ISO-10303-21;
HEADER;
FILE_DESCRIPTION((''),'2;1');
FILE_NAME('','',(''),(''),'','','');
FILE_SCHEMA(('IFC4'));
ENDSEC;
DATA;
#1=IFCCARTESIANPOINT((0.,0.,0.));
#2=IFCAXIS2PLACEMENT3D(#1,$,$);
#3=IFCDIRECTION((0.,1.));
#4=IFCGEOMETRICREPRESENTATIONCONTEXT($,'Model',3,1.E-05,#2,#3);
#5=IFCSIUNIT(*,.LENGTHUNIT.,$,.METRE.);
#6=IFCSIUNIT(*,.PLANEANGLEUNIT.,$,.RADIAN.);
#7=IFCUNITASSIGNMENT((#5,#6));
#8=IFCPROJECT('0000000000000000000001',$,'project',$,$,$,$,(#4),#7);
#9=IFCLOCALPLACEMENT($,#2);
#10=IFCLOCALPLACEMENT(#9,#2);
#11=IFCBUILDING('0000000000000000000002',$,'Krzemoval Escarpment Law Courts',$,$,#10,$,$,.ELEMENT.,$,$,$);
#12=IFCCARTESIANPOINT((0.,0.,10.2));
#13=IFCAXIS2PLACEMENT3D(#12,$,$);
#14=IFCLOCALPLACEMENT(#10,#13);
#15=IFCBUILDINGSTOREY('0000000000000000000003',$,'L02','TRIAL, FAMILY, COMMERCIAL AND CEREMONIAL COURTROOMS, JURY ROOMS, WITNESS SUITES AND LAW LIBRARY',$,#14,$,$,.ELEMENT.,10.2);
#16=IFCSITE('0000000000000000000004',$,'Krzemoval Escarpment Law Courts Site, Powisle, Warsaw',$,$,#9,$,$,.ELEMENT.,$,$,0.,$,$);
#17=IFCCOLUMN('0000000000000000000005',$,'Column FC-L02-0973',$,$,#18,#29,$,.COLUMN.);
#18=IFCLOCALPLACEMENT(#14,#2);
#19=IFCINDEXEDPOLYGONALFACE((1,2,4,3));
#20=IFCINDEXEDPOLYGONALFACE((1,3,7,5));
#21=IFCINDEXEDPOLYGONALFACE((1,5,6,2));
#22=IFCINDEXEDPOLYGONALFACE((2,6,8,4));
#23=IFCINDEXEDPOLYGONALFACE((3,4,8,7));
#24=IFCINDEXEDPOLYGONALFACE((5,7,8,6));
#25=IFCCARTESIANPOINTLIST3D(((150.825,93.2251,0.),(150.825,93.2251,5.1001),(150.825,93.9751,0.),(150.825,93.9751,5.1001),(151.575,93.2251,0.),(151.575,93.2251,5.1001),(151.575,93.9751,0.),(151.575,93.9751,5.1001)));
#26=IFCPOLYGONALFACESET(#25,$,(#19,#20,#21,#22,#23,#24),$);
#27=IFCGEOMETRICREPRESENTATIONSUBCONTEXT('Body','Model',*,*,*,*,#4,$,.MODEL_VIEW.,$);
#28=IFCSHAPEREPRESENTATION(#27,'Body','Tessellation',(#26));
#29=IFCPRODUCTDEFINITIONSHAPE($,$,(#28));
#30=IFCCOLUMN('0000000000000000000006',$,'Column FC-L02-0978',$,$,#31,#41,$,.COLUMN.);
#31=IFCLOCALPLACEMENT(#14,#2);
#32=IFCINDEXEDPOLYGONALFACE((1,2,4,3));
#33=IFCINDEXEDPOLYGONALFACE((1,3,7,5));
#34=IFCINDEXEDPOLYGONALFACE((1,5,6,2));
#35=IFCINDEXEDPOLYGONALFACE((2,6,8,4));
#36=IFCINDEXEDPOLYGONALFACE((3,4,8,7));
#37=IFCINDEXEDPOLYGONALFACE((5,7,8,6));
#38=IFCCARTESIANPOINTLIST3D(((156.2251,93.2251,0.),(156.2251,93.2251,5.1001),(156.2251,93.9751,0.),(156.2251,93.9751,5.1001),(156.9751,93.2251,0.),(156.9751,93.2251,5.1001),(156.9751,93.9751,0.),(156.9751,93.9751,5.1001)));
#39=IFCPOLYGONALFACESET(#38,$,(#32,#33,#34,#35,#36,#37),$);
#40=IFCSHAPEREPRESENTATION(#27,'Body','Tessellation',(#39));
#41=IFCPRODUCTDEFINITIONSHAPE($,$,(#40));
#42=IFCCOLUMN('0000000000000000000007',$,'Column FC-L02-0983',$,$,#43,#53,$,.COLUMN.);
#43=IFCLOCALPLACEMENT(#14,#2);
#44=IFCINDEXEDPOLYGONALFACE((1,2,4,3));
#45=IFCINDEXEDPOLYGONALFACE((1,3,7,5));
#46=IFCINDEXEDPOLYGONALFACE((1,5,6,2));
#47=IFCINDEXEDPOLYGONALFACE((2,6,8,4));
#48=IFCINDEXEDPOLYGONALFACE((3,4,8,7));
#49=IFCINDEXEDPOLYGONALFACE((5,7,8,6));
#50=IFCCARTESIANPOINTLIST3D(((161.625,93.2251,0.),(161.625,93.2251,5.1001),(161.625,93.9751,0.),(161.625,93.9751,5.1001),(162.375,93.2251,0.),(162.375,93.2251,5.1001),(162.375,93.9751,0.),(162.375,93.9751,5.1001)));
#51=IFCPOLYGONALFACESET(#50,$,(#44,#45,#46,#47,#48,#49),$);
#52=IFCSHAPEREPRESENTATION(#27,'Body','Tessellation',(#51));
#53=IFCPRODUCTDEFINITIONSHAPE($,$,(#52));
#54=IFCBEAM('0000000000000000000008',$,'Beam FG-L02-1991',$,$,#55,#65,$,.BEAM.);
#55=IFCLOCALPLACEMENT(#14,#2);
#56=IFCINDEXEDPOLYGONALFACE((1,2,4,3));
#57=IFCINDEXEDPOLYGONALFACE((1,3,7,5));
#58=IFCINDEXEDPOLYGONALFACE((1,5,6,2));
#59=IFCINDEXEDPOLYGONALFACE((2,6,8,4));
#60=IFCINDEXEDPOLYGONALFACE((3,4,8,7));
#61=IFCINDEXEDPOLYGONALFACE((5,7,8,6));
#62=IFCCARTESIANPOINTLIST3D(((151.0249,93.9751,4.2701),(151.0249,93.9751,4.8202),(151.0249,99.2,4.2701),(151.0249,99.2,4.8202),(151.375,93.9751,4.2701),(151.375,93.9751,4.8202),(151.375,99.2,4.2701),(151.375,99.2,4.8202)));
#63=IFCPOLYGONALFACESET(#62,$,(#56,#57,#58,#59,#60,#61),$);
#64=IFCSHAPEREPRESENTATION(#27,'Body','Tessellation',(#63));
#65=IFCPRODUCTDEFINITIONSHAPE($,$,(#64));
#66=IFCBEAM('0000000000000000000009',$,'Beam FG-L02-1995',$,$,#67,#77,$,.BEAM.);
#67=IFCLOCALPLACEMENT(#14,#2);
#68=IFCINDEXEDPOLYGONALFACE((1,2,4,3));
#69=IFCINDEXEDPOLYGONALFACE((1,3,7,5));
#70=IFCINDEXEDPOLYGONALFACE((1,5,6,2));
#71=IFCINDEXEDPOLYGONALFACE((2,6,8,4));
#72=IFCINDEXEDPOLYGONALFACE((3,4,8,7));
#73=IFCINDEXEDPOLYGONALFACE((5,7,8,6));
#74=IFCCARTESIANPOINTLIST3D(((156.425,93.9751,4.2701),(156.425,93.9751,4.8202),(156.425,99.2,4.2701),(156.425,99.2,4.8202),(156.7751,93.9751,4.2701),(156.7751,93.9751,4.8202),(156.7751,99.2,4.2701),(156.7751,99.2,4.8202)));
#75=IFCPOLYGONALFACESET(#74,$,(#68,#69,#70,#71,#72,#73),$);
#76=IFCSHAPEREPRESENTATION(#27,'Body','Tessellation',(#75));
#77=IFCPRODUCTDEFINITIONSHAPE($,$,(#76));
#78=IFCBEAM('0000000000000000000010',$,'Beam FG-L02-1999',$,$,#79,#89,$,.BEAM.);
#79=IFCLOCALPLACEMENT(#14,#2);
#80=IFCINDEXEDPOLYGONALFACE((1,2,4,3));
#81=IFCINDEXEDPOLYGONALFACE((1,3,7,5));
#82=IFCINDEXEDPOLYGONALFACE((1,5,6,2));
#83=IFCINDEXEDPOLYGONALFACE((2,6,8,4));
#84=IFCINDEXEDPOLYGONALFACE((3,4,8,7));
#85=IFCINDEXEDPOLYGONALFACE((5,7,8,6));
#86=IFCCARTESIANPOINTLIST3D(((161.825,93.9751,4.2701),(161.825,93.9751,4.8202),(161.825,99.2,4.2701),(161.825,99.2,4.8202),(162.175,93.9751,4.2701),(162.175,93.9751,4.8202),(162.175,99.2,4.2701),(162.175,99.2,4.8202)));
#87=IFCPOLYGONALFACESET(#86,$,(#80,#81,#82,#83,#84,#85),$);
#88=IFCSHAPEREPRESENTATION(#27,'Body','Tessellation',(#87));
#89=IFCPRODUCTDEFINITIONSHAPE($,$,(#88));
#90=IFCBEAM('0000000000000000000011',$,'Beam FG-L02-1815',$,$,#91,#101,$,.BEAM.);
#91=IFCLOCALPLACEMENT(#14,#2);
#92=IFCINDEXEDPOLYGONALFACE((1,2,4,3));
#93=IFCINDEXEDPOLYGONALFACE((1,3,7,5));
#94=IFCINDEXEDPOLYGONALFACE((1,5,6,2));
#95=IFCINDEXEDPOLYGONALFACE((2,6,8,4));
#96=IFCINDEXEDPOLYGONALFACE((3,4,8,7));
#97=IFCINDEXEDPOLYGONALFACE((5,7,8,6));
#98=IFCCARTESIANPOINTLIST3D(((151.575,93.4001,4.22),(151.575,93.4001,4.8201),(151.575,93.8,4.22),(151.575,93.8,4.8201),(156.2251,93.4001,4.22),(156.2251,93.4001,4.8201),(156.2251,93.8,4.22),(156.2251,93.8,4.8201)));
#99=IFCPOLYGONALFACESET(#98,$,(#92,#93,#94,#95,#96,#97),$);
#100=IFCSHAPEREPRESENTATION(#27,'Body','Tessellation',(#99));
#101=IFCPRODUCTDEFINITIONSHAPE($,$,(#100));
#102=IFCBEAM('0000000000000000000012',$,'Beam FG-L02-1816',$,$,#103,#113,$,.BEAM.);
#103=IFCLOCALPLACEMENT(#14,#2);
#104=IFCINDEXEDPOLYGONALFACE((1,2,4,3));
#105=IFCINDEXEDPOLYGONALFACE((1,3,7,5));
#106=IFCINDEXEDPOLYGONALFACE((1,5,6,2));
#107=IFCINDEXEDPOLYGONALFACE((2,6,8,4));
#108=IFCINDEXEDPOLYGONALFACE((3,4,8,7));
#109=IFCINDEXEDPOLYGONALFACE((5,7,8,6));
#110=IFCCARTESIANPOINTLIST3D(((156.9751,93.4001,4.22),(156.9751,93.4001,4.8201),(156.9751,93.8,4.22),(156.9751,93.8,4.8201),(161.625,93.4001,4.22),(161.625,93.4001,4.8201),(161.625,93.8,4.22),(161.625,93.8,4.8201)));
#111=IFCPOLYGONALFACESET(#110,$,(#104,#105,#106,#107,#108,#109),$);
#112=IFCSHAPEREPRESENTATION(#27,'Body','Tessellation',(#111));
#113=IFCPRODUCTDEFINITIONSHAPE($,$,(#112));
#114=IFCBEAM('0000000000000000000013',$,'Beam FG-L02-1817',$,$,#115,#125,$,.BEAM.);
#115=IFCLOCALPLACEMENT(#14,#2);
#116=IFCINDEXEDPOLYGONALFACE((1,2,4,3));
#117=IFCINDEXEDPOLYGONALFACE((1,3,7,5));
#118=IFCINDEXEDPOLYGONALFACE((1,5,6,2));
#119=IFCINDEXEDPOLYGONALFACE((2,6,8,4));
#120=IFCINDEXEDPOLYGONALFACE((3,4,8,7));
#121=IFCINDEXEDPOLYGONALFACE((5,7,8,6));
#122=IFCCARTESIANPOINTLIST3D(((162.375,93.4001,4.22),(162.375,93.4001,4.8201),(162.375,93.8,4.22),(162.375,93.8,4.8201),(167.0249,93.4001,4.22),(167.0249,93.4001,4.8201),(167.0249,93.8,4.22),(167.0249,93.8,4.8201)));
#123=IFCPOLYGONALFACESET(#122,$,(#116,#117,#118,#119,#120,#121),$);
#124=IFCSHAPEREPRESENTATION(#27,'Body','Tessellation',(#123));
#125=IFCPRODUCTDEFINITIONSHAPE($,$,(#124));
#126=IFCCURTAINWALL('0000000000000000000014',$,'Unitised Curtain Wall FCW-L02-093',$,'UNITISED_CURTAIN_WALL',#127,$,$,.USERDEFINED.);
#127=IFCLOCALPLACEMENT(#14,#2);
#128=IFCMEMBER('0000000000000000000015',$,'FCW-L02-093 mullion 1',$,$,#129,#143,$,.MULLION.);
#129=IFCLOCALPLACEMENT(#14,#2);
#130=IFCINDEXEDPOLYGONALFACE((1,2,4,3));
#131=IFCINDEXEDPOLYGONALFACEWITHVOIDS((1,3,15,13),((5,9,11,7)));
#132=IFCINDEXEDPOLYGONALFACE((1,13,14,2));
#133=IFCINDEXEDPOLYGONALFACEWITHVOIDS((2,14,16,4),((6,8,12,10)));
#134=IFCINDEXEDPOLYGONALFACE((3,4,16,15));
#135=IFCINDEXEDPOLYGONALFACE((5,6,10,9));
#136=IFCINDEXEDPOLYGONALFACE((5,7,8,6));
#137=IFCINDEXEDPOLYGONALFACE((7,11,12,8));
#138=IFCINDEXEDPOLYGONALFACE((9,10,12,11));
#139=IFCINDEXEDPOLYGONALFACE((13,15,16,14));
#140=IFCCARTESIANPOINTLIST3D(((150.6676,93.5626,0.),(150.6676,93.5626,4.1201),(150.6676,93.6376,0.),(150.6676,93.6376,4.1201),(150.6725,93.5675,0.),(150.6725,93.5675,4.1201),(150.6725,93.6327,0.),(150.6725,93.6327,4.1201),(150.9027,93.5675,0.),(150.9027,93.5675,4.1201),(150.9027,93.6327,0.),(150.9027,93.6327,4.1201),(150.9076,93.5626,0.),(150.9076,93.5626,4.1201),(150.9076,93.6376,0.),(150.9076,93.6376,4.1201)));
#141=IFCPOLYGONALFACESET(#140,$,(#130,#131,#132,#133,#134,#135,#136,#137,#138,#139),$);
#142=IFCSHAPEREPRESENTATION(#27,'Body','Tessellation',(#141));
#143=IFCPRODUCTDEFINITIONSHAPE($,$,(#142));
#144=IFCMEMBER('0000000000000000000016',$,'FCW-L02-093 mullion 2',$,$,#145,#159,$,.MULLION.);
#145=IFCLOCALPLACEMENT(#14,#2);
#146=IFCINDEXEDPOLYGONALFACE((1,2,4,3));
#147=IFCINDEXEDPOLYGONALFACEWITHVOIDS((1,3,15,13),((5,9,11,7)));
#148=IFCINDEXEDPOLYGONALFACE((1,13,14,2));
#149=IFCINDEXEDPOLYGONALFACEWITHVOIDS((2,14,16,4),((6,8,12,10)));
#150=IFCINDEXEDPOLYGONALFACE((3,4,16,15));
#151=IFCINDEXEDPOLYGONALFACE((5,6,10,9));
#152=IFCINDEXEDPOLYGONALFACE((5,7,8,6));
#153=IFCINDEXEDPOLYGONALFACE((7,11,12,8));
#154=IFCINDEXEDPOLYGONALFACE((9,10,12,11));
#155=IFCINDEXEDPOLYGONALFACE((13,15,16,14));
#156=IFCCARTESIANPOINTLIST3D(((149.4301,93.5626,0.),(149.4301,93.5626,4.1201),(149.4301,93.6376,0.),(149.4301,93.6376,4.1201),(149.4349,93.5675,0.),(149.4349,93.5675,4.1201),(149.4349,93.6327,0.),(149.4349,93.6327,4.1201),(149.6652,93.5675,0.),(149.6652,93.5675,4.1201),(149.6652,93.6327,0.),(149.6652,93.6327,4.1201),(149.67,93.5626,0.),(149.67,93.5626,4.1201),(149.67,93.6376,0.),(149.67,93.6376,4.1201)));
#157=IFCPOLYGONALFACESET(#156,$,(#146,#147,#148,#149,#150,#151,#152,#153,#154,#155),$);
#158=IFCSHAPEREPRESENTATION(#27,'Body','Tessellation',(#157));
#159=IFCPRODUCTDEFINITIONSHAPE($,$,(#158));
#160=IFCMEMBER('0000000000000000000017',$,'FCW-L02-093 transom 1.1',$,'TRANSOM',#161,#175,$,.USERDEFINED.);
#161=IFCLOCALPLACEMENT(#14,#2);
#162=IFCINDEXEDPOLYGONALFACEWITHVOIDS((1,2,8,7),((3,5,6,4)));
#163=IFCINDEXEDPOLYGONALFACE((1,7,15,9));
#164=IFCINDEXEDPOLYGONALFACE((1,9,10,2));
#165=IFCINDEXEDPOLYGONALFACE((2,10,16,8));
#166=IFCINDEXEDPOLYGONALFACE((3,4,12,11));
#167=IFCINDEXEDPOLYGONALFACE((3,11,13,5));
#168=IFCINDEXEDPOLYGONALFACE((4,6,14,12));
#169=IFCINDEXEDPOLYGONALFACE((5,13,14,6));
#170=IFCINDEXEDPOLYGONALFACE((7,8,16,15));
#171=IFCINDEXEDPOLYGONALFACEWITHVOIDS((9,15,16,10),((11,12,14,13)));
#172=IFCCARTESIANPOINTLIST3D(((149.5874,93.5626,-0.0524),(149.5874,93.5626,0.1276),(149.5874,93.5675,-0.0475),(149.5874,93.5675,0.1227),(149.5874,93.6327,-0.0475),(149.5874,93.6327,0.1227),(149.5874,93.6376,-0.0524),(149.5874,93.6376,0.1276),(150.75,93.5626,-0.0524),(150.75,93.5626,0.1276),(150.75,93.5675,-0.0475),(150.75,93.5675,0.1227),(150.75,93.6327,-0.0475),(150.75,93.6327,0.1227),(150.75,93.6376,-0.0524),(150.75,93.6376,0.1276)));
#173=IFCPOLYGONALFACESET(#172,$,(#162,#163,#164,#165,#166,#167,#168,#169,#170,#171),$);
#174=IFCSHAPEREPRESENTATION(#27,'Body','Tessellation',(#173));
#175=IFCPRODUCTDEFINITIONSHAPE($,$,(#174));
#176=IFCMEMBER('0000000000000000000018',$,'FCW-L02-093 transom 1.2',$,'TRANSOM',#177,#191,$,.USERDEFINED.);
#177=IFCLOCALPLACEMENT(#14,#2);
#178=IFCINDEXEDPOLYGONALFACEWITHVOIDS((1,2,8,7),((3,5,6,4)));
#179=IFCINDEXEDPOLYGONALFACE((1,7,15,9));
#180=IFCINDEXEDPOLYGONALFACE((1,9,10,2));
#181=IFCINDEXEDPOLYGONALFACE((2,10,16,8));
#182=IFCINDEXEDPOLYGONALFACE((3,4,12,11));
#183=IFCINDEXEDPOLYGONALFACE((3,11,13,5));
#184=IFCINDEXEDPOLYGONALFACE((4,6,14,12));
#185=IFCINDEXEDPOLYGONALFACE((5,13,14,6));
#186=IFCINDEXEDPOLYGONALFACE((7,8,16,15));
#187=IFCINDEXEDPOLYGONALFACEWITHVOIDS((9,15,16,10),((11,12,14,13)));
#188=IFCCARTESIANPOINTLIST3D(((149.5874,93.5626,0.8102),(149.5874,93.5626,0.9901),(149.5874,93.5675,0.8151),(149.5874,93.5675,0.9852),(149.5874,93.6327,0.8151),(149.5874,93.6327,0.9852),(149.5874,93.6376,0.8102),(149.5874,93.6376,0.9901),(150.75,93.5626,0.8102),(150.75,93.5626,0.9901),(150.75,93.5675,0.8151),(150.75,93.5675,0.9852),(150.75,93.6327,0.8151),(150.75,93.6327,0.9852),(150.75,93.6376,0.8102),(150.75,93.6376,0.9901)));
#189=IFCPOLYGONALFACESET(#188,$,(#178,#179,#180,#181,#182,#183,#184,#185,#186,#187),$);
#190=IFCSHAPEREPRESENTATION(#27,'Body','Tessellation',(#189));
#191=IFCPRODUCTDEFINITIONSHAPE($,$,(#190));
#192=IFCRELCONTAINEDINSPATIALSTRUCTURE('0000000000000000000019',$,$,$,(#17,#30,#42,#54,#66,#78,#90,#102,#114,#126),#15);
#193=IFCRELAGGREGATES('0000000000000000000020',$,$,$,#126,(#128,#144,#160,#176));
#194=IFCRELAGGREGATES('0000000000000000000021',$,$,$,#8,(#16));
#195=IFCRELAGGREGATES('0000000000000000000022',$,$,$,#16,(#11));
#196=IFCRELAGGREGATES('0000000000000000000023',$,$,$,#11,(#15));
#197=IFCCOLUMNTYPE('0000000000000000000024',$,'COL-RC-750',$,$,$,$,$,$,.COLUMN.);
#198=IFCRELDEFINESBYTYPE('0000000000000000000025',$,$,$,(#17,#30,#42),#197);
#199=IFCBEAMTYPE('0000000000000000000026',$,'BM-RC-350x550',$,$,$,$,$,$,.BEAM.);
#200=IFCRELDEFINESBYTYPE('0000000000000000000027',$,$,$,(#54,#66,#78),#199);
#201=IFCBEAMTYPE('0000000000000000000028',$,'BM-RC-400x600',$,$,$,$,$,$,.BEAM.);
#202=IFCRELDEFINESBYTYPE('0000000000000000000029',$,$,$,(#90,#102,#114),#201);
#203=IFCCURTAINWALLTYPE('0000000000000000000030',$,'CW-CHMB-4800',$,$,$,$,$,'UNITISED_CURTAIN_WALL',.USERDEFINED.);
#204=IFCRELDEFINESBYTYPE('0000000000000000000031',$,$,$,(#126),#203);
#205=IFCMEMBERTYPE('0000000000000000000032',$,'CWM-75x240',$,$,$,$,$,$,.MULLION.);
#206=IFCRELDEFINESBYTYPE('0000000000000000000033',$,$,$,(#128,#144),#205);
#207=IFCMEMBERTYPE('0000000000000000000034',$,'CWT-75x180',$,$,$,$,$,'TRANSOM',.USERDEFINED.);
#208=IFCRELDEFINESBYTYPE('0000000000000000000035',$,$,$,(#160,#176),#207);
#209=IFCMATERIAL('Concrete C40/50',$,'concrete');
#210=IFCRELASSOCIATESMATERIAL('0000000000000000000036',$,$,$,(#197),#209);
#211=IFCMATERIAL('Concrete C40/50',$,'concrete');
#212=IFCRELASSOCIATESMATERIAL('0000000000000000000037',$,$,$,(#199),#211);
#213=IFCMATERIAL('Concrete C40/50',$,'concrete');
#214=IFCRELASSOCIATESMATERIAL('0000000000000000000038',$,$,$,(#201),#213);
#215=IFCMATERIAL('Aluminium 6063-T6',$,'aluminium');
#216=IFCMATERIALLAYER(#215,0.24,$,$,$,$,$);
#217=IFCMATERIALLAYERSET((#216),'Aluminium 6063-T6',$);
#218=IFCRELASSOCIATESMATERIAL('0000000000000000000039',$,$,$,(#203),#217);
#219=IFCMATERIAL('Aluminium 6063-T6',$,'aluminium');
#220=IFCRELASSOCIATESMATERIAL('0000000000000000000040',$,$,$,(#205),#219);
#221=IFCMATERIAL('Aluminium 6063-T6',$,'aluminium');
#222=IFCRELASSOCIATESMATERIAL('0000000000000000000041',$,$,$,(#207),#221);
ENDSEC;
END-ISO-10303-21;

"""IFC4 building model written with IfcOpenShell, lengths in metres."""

from ifc_helpers import new_model, si_unit, direction, frame, origin, origin_2d, place, context, subcontext, project, spatial, rectangle, hollow_rectangle, extrude, material, layer, layer_set, material_profile, profile_set, type_object, element, aggregate, save


model = new_model("IFC4")

# Units and contexts
model_context = context("Model", 3, precision=1e-05, world=origin(), true_north=direction((0.0, 1.0)))
body_context = subcontext(model_context, "Body", "Model", "MODEL_VIEW")
ifc_project = project(units=[si_unit("LENGTHUNIT", "METRE"), si_unit("PLANEANGLEUNIT", "RADIAN")], contexts=[model_context])

# Site, building, storey
site_placement = place(None, origin())
site = spatial("IfcSite", under=ifc_project, at=site_placement, Name="Krzemoval Escarpment Law Courts Site, Powisle, Warsaw", CompositionType="ELEMENT", RefElevation=0.0)
building_placement = place(site_placement, origin())
building = spatial("IfcBuilding", under=site, at=building_placement, Name="Krzemoval Escarpment Law Courts", CompositionType="ELEMENT")
storey_placement = place(building_placement, frame((0.0, 0.0, 10.2)))
storey = spatial("IfcBuildingStorey", under=building, at=storey_placement, Name="L02", Description="TRIAL, FAMILY, COMMERCIAL AND CEREMONIAL COURTROOMS, JURY ROOMS, WITNESS SUITES AND LAW LIBRARY", CompositionType="ELEMENT", Elevation=10.2)

# Columns
ifc_material_1 = material(Name="Concrete C40/50", Category="concrete")
ifc_material_profile_1 = material_profile(ifc_material_1, rectangle(XDim=0.75, YDim=0.75, at=origin_2d()), Name="RC 750x750")
ifc_profile_set_1 = profile_set([ifc_material_profile_1], Name="Concrete C40/50")
column_type = type_object("IfcColumnType", Name="COL-RC-750", PredefinedType="COLUMN", material=ifc_profile_set_1)
for number, where, z_axis, x_axis, name in (
    (1, (151.2, 93.6001, 0.0), (0.0, 0.0, 1.0), (1.0, 0.0, 0.0), "Column FC-L02-0973"),
    (2, (156.6001, 93.6001, 0.0), (0.0, 0.0, 1.0), (1.0, 0.0, 0.0), "Column FC-L02-0978"),
    (3, (162.0, 93.6001, 0.0), (0.0, 0.0, 1.0), (1.0, 0.0, 0.0), "Column FC-L02-0983"),
):
    element("IfcColumn", number, at=place(storey_placement, frame(where, z_axis=z_axis, x_axis=x_axis)), inside=storey, type_object=column_type, Name=name, PredefinedType="COLUMN", context=body_context, shape_type="SweptSolid", body=[
        extrude(rectangle(XDim=0.75, YDim=0.75, at=origin_2d()), origin(), (0.0, 0.0, 1.0), 5.1001),
    ])

# Beams
ifc_material_2 = material(Name="Concrete C40/50", Category="concrete")
ifc_material_profile_2 = material_profile(ifc_material_2, rectangle(XDim=0.3501, YDim=0.55, at=origin_2d()), Name="RCB 350x550")
ifc_profile_set_2 = profile_set([ifc_material_profile_2], Name="Concrete C40/50")
beam_type_1 = type_object("IfcBeamType", Name="BM-RC-350x550", PredefinedType="BEAM", material=ifc_profile_set_2)
for number, where, z_axis, x_axis, name in (
    (4, (151.2, 93.9751, 4.5452), (0.0, 1.0, 0.0), (-1.0, 0.0, 0.0), "Beam FG-L02-1991"),
    (5, (156.6001, 93.9751, 4.5452), (0.0, 1.0, 0.0), (-1.0, 0.0, 0.0), "Beam FG-L02-1995"),
    (6, (162.0, 93.9751, 4.5452), (0.0, 1.0, 0.0), (-1.0, 0.0, 0.0), "Beam FG-L02-1999"),
):
    element("IfcBeam", number, at=place(storey_placement, frame(where, z_axis=z_axis, x_axis=x_axis)), inside=storey, type_object=beam_type_1, Name=name, PredefinedType="BEAM", context=body_context, shape_type="SweptSolid", body=[
        extrude(rectangle(XDim=0.3501, YDim=0.55, at=origin_2d()), origin(), (0.0, 0.0, 1.0), 5.2249),
    ])
ifc_material_3 = material(Name="Concrete C40/50", Category="concrete")
ifc_material_profile_3 = material_profile(ifc_material_3, rectangle(XDim=0.3999, YDim=0.6001, at=origin_2d()), Name="RCB 400x600")
ifc_profile_set_3 = profile_set([ifc_material_profile_3], Name="Concrete C40/50")
beam_type_2 = type_object("IfcBeamType", Name="BM-RC-400x600", PredefinedType="BEAM", material=ifc_profile_set_3)
beam_placement = place(storey_placement, frame((151.575, 93.6001, 4.52), z_axis=(1.0, 0.0, 0.0), x_axis=(0.0, 1.0, 0.0)))
element("IfcBeam", 7, at=beam_placement, inside=storey, type_object=beam_type_2, Name="Beam FG-L02-1815", PredefinedType="BEAM", context=body_context, shape_type="SweptSolid", body=[
    extrude(rectangle(XDim=0.3999, YDim=0.6001, at=origin_2d()), origin(), (0.0, 0.0, 1.0), 4.6501),
])
for number, where, z_axis, x_axis, name in (
    (8, (156.9751, 93.6001, 4.52), (1.0, 0.0, 0.0), (0.0, 1.0, 0.0), "Beam FG-L02-1816"),
    (9, (162.375, 93.6001, 4.52), (1.0, 0.0, 0.0), (0.0, 1.0, 0.0), "Beam FG-L02-1817"),
):
    element("IfcBeam", number, at=place(storey_placement, frame(where, z_axis=z_axis, x_axis=x_axis)), inside=storey, type_object=beam_type_2, Name=name, PredefinedType="BEAM", context=body_context, shape_type="SweptSolid", body=[
        extrude(rectangle(XDim=0.3999, YDim=0.6001, at=origin_2d()), origin(), (0.0, 0.0, 1.0), 4.6499),
    ])

# Curtain wall, members
ifc_material_4 = material(Name="Aluminium 6063-T6", Category="aluminium")
ifc_layer_1 = layer(ifc_material_4, 0.24)
ifc_layer_set_1 = layer_set([ifc_layer_1], Name="Aluminium 6063-T6")
curtain_wall_type = type_object("IfcCurtainWallType", Name="CW-CHMB-4800", ElementType="UNITISED_CURTAIN_WALL", PredefinedType="USERDEFINED", material=ifc_layer_set_1)
curtain_wall_placement = place(storey_placement, origin())
curtain_wall = element("IfcCurtainWall", 10, at=curtain_wall_placement, inside=storey, type_object=curtain_wall_type, Name="Unitised Curtain Wall FCW-L02-093", ObjectType="UNITISED_CURTAIN_WALL", PredefinedType="USERDEFINED")
ifc_material_5 = material(Name="Aluminium 6063-T6", Category="aluminium")
ifc_material_profile_4 = material_profile(ifc_material_5, hollow_rectangle(XDim=0.075, YDim=0.24, WallThickness=0.0049, at=origin_2d()), Name="ALU M75x240")
ifc_profile_set_4 = profile_set([ifc_material_profile_4], Name="Aluminium 6063-T6")
member_type_1 = type_object("IfcMemberType", Name="CWM-75x240", PredefinedType="MULLION", material=ifc_profile_set_4)
member_1_placement = place(storey_placement, frame((150.7876, 93.6001, 0.0), z_axis=(0.0, 0.0, 1.0), x_axis=(0.0, -1.0, 0.0)))
member_1 = element("IfcMember", 11, at=member_1_placement, type_object=member_type_1, Name="FCW-L02-093 mullion 1", PredefinedType="MULLION", context=body_context, shape_type="SweptSolid", body=[
    extrude(hollow_rectangle(XDim=0.075, YDim=0.24, WallThickness=0.0049, at=origin_2d()), origin(), (0.0, 0.0, 1.0), 4.1201),
])
member_2_placement = place(storey_placement, frame((149.55, 93.6001, 0.0), z_axis=(0.0, 0.0, 1.0), x_axis=(0.0, -1.0, 0.0)))
member_2 = element("IfcMember", 12, at=member_2_placement, type_object=member_type_1, Name="FCW-L02-093 mullion 2", PredefinedType="MULLION", context=body_context, shape_type="SweptSolid", body=[
    extrude(hollow_rectangle(XDim=0.075, YDim=0.24, WallThickness=0.0049, at=origin_2d()), origin(), (0.0, 0.0, 1.0), 4.1201),
])
ifc_material_6 = material(Name="Aluminium 6063-T6", Category="aluminium")
ifc_material_profile_5 = material_profile(ifc_material_6, hollow_rectangle(XDim=0.075, YDim=0.1799, WallThickness=0.0049, at=origin_2d()), Name="ALU T75x180")
ifc_profile_set_5 = profile_set([ifc_material_profile_5], Name="Aluminium 6063-T6")
member_type_2 = type_object("IfcMemberType", Name="CWT-75x180", ElementType="TRANSOM", PredefinedType="USERDEFINED", material=ifc_profile_set_5)
member_3_placement = place(storey_placement, frame((150.75, 93.6001, 0.0376), z_axis=(-1.0, 0.0, 0.0), x_axis=(0.0, -1.0, 0.0)))
member_3 = element("IfcMember", 13, at=member_3_placement, type_object=member_type_2, Name="FCW-L02-093 transom 1.1", ObjectType="TRANSOM", PredefinedType="USERDEFINED", context=body_context, shape_type="SweptSolid", body=[
    extrude(hollow_rectangle(XDim=0.075, YDim=0.1799, WallThickness=0.0049, at=origin_2d()), origin(), (0.0, 0.0, 1.0), 1.1626),
])
member_4_placement = place(storey_placement, frame((150.75, 93.6001, 0.9001), z_axis=(-1.0, 0.0, 0.0), x_axis=(0.0, -1.0, 0.0)))
member_4 = element("IfcMember", 14, at=member_4_placement, type_object=member_type_2, Name="FCW-L02-093 transom 1.2", ObjectType="TRANSOM", PredefinedType="USERDEFINED", context=body_context, shape_type="SweptSolid", body=[
    extrude(hollow_rectangle(XDim=0.075, YDim=0.1799, WallThickness=0.0049, at=origin_2d()), origin(), (0.0, 0.0, 1.0), 1.1626),
])
aggregate(curtain_wall, [member_1, member_2, member_3, member_4])

save(model, "model.ifc")
